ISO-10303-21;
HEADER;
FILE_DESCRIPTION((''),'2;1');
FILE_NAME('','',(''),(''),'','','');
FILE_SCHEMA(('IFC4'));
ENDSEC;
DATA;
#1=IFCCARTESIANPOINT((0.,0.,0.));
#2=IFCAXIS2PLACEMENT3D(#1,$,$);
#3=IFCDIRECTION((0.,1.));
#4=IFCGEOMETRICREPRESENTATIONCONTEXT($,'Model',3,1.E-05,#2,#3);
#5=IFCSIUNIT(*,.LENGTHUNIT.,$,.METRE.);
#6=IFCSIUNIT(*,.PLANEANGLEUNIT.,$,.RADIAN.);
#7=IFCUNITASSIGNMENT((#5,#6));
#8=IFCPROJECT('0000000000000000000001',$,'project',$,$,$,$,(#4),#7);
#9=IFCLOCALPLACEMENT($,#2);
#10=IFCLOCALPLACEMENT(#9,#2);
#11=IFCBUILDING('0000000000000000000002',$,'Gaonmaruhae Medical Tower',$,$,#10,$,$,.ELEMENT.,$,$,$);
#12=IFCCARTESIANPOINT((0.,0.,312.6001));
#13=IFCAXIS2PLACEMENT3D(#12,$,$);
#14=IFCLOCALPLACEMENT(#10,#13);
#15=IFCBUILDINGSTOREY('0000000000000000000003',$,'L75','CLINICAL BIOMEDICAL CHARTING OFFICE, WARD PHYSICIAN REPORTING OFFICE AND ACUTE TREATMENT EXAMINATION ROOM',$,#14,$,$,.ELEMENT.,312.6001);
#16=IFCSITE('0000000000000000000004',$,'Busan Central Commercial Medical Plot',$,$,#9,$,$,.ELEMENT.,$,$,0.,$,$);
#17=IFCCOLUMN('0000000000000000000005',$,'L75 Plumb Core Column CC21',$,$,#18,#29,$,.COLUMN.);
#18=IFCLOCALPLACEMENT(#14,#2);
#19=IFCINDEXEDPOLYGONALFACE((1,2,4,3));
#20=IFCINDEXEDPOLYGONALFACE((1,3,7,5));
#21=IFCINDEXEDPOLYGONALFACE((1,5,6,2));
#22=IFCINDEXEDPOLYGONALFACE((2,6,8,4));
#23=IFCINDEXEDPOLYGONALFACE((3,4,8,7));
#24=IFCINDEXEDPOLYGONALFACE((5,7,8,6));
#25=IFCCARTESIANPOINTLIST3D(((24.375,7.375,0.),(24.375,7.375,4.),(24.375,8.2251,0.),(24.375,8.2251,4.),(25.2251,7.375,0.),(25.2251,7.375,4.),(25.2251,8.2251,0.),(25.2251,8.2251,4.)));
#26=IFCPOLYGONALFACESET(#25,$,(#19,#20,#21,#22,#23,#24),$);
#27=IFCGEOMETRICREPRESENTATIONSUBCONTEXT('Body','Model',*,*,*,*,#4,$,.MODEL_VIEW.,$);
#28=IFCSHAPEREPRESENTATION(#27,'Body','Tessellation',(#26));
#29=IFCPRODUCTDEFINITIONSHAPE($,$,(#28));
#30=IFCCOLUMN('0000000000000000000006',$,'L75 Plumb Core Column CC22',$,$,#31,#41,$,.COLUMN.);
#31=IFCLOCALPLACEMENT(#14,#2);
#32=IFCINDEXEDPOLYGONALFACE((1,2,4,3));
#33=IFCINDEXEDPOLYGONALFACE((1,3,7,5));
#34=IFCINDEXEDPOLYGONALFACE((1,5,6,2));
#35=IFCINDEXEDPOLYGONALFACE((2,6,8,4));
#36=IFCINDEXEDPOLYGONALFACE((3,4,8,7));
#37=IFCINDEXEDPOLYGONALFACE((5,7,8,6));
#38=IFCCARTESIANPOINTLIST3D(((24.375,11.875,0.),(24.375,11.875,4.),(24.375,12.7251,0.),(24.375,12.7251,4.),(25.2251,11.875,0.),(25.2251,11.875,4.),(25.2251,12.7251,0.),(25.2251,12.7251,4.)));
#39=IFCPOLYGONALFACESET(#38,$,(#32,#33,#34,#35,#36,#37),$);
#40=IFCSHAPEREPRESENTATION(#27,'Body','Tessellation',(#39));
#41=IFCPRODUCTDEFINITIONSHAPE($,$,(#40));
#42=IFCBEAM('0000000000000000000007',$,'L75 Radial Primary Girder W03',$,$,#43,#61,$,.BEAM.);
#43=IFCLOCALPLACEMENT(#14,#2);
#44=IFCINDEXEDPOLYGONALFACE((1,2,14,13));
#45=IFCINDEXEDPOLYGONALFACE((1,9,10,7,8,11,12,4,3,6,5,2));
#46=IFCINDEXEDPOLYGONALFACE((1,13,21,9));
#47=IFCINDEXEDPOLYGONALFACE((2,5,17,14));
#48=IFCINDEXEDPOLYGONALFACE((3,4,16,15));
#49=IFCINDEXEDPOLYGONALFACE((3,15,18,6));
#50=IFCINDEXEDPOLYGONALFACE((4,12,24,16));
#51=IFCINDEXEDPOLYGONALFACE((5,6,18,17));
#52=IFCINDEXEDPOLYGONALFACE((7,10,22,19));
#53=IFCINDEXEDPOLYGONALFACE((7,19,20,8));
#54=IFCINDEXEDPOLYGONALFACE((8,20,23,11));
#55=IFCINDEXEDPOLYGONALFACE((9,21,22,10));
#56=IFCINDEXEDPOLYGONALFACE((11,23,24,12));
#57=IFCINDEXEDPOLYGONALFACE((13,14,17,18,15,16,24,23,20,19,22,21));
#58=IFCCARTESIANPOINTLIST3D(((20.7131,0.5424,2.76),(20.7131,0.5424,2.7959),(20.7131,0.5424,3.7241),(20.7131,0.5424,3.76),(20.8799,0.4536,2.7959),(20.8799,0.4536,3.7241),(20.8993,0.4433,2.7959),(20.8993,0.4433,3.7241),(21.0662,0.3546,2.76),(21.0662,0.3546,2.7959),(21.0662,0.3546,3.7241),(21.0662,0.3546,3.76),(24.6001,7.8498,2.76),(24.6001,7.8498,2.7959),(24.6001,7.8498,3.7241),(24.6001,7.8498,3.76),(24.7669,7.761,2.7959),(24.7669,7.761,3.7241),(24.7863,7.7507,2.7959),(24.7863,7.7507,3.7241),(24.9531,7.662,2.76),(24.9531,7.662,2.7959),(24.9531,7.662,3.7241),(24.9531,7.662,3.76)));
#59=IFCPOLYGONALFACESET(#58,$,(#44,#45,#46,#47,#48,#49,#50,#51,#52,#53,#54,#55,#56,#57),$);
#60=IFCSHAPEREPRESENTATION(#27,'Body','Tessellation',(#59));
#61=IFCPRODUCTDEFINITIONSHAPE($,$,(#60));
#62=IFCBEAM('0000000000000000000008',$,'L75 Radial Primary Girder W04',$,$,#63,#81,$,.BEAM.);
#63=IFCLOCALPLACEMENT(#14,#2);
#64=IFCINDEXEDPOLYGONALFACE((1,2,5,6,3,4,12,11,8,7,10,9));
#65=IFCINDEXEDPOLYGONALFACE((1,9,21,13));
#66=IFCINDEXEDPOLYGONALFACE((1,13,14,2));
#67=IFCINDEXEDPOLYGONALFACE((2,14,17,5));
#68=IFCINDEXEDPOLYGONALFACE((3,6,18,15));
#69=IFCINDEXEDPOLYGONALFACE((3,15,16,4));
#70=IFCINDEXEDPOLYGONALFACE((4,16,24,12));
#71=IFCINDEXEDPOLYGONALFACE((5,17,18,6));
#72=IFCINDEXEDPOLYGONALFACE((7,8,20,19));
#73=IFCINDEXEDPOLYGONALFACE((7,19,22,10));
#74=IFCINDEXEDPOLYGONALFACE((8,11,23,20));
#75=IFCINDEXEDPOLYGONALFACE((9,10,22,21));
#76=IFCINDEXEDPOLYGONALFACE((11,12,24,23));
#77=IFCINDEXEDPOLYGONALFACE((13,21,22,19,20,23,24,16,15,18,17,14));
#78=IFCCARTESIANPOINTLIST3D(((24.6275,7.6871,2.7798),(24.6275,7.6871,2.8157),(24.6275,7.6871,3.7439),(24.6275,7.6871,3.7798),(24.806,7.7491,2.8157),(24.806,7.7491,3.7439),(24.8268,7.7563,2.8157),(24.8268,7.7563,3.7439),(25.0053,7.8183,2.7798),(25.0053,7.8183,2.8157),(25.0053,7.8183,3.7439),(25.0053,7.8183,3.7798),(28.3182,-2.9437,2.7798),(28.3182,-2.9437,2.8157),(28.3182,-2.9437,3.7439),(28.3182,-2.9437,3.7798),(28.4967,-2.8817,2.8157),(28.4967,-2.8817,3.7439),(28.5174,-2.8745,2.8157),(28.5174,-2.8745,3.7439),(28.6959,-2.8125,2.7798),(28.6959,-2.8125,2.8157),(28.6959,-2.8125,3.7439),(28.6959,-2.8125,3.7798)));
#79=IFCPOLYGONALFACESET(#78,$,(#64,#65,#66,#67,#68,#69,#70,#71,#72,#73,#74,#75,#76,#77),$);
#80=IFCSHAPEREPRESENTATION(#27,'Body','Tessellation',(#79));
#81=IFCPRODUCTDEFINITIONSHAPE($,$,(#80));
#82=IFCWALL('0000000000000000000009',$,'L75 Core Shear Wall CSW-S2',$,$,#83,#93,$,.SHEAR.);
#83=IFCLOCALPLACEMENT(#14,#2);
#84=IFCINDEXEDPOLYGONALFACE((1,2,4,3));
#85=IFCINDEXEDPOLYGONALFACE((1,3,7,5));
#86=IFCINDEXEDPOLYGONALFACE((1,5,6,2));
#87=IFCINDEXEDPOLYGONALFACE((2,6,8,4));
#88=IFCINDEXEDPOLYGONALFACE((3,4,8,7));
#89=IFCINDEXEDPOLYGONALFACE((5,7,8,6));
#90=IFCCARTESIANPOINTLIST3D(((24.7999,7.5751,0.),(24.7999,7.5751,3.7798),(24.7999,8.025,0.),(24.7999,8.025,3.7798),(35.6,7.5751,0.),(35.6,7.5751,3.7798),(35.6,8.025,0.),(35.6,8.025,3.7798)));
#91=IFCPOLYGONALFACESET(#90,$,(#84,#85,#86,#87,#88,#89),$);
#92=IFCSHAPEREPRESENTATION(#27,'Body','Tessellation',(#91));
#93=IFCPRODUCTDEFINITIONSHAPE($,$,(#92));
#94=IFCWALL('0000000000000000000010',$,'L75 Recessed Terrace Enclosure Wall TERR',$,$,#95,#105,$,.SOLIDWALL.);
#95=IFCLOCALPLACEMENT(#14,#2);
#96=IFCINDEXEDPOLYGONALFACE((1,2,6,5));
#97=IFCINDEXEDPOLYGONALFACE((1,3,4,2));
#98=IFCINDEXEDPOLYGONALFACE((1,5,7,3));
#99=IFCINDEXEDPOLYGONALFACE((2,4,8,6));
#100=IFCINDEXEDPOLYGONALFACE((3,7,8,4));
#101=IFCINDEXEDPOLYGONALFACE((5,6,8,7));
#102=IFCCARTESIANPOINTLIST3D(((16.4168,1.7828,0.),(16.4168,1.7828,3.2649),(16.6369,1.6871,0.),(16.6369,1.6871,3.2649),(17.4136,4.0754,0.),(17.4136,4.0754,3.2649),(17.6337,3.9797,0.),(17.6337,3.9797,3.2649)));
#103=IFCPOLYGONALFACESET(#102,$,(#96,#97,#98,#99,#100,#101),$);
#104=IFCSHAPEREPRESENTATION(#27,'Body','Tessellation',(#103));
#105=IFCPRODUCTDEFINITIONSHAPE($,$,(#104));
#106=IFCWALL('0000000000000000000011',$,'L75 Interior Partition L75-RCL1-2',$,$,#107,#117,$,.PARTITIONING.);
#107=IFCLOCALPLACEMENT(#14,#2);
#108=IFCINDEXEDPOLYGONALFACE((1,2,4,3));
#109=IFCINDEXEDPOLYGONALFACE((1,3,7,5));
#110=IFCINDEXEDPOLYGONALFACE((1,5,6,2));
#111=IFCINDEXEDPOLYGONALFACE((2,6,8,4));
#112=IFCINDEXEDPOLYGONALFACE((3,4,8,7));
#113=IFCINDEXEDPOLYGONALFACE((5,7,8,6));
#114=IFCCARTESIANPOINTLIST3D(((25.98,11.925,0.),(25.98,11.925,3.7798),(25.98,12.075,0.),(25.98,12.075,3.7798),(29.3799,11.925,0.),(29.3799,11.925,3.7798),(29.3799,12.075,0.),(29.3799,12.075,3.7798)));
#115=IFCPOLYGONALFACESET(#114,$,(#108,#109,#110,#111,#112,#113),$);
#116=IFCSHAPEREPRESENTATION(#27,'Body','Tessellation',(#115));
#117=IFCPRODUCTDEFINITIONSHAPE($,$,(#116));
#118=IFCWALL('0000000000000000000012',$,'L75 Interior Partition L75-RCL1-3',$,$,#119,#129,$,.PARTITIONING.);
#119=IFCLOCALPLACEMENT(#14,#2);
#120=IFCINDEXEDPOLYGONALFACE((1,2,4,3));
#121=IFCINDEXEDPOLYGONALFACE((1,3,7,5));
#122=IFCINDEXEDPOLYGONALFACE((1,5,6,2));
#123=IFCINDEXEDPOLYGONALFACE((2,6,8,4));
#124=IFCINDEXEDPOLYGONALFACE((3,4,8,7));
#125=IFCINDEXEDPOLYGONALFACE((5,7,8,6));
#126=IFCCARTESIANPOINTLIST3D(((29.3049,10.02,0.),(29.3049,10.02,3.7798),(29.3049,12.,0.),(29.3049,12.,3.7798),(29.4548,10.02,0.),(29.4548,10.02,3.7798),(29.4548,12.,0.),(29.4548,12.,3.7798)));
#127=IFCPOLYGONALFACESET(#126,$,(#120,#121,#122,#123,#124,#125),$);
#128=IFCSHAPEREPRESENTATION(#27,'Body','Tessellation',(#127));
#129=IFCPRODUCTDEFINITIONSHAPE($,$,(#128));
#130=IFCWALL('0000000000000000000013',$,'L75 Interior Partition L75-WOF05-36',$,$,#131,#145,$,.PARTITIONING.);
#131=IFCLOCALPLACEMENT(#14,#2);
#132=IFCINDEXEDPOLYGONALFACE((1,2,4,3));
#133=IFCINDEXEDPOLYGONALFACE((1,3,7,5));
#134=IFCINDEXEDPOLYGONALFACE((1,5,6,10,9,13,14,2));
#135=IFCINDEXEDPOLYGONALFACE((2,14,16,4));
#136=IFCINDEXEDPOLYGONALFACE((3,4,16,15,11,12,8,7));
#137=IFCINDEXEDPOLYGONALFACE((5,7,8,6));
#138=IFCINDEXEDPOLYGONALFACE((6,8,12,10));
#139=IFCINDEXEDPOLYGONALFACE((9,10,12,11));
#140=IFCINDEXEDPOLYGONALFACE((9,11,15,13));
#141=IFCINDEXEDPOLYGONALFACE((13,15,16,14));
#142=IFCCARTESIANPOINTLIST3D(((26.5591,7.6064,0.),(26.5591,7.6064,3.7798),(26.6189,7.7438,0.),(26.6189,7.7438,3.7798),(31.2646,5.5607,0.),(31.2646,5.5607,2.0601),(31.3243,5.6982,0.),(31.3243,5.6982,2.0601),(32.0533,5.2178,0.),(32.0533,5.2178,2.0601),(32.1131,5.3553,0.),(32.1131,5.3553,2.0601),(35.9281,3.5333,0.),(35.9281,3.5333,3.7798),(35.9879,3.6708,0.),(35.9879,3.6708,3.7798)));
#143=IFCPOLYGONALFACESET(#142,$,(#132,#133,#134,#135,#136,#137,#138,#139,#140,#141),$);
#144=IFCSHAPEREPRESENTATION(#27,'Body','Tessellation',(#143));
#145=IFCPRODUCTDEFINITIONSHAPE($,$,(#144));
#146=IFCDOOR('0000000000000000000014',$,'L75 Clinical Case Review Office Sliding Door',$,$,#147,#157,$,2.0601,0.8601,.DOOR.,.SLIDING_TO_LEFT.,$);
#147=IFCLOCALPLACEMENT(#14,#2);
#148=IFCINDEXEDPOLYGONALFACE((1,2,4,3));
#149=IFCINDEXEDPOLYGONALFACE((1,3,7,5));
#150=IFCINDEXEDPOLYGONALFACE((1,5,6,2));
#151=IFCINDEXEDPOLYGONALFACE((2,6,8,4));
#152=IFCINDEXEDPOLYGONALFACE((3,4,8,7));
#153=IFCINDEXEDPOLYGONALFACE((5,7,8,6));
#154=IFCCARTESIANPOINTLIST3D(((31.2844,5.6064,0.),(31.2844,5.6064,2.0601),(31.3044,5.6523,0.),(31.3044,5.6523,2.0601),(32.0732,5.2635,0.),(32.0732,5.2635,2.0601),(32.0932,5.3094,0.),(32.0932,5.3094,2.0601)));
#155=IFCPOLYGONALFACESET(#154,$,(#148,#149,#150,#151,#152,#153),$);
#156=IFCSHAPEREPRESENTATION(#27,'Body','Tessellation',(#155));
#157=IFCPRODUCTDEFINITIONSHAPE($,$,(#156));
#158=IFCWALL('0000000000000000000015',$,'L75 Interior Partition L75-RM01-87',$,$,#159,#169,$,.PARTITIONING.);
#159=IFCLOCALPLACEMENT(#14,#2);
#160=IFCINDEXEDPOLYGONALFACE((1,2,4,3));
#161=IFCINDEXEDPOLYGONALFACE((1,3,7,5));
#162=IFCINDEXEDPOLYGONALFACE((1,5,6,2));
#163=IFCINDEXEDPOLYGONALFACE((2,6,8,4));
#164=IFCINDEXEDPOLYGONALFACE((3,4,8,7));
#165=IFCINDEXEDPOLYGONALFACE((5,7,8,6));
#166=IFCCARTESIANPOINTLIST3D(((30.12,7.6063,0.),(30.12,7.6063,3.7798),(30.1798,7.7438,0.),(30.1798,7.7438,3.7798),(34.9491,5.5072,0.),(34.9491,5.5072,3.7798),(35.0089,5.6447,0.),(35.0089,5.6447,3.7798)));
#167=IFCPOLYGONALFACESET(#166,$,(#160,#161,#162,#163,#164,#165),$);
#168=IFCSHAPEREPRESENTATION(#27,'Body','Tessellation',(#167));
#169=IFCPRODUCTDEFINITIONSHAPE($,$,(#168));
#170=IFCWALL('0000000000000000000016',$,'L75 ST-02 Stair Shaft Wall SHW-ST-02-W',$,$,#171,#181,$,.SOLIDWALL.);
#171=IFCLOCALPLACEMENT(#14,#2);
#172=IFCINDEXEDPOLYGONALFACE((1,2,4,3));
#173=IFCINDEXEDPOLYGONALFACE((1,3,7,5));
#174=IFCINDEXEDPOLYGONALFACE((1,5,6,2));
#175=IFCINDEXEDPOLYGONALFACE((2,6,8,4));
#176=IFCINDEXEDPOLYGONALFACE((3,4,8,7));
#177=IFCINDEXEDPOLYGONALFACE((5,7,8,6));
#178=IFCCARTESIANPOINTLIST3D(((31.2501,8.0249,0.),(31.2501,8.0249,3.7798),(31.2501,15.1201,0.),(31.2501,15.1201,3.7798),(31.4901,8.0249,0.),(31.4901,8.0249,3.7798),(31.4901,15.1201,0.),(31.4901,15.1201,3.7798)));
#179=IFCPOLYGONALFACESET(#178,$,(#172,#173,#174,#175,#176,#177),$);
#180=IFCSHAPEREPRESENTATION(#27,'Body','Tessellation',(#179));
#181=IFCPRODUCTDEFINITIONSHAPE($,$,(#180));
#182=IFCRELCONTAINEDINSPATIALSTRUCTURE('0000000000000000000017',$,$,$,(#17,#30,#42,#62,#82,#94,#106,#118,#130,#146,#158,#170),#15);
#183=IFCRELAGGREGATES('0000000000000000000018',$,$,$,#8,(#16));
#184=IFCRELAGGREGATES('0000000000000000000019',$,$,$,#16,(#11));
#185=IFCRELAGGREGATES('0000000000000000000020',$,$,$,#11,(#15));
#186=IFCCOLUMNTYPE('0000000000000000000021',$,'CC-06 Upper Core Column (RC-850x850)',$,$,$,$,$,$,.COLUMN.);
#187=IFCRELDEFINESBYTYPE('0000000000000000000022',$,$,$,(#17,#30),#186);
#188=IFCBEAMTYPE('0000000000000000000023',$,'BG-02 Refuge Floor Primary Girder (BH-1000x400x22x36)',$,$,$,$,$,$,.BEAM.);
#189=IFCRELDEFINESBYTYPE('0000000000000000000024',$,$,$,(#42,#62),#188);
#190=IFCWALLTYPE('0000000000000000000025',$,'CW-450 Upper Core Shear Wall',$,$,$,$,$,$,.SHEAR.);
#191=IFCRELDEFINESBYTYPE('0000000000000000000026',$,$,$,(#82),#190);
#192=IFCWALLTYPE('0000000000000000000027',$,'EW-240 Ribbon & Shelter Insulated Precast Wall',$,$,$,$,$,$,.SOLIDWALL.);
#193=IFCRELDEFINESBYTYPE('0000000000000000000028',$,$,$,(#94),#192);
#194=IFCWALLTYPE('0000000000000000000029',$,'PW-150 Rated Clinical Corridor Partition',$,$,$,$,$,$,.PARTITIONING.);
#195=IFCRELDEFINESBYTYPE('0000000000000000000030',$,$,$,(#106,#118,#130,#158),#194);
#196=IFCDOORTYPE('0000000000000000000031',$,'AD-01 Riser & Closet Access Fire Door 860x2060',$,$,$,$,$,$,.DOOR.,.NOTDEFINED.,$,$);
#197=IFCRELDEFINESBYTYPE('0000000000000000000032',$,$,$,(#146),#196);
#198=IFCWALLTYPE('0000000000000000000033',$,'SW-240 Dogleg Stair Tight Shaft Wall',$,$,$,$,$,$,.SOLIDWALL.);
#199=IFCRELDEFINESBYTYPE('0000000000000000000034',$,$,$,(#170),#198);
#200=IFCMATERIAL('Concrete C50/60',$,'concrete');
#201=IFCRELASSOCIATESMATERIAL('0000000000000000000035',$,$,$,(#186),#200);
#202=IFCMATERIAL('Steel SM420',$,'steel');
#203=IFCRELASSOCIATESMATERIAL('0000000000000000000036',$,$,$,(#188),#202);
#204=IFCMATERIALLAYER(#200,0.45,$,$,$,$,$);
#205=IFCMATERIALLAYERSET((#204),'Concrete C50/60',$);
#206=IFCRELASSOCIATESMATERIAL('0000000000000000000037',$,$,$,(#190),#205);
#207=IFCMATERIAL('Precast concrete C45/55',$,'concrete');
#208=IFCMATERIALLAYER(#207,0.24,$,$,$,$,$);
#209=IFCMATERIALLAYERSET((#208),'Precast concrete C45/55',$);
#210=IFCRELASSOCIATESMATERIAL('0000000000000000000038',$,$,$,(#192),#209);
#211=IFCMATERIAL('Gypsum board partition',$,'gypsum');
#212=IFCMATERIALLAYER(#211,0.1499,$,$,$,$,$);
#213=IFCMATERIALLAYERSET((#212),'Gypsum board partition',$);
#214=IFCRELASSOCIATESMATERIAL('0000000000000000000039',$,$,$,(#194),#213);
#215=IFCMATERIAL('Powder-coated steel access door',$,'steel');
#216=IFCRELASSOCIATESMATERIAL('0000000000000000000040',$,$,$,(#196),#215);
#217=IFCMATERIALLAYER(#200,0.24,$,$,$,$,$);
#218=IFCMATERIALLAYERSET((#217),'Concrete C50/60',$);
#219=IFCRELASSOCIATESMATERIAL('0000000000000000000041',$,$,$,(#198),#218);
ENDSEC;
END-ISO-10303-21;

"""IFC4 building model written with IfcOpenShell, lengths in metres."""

from ifc_helpers import new_model, si_unit, direction, frame, frame_2d, origin, origin_2d, place, context, subcontext, project, spatial, rectangle, i_section, extrude, material, layer, layer_set, material_profile, profile_set, type_object, element, fill, save


model = new_model("IFC4")

# Units and contexts
model_context = context("Model", 3, precision=1e-05, world=origin(), true_north=direction((0.0, 1.0)))
body_context = subcontext(model_context, "Body", "Model", "MODEL_VIEW")
ifc_project = project(units=[si_unit("LENGTHUNIT", "METRE"), si_unit("PLANEANGLEUNIT", "RADIAN")], contexts=[model_context])

# Site, building, storey
site_placement = place(None, origin())
site = spatial("IfcSite", under=ifc_project, at=site_placement, Name="Busan Central Commercial Medical Plot", CompositionType="ELEMENT", RefElevation=0.0)
building_placement = place(site_placement, origin())
building = spatial("IfcBuilding", under=site, at=building_placement, Name="Gaonmaruhae Medical Tower", CompositionType="ELEMENT")
storey_placement = place(building_placement, frame((0.0, 0.0, 312.6001)))
storey = spatial("IfcBuildingStorey", under=building, at=storey_placement, Name="L75", Description="CLINICAL BIOMEDICAL CHARTING OFFICE, WARD PHYSICIAN REPORTING OFFICE AND ACUTE TREATMENT EXAMINATION ROOM", CompositionType="ELEMENT", Elevation=312.6001)

# Columns
ifc_material_1 = material(Name="Concrete C50/60", Category="concrete")
ifc_material_profile_1 = material_profile(ifc_material_1, rectangle(XDim=0.8501, YDim=0.8501, at=origin_2d()), Name="RC-850x850")
ifc_profile_set_1 = profile_set([ifc_material_profile_1], Name="Concrete C50/60")
column_type = type_object("IfcColumnType", Name="CC-06 Upper Core Column (RC-850x850)", PredefinedType="COLUMN", material=ifc_profile_set_1)
for number, where, z_axis, x_axis, name in (
    (1, (24.8, 7.8, 0.0), (0.0, 0.0, 1.0), (1.0, 0.0, 0.0), "L75 Plumb Core Column CC21"),
    (2, (24.8, 12.3, 0.0), (0.0, 0.0, 1.0), (1.0, 0.0, 0.0), "L75 Plumb Core Column CC22"),
):
    element("IfcColumn", number, at=place(storey_placement, frame(where, z_axis=z_axis, x_axis=x_axis)), inside=storey, type_object=column_type, Name=name, PredefinedType="COLUMN", context=body_context, shape_type="SweptSolid", body=[
        extrude(rectangle(XDim=0.8501, YDim=0.8501, at=origin_2d()), origin(), (0.0, 0.0, 1.0), 4.0),
    ])

# Beams
ifc_material_2 = material(Name="Steel SM420", Category="steel")
ifc_material_profile_2 = material_profile(ifc_material_2, i_section(OverallWidth=0.3999, OverallDepth=1.0, WebThickness=0.022, FlangeThickness=0.0359, at=origin_2d()), Name="BH-1000x400x22x36")
ifc_profile_set_2 = profile_set([ifc_material_profile_2], Name="Steel SM420")
beam_type = type_object("IfcBeamType", Name="BG-02 Refuge Floor Primary Girder (BH-1000x400x22x36)", PredefinedType="BEAM", material=ifc_profile_set_2)
beam_1_placement = place(storey_placement, frame((24.7766, 7.7559, 3.26), z_axis=(-0.469619, -0.882869, 0.0), x_axis=(0.882869, -0.469619, 0.0)))
element("IfcBeam", 3, at=beam_1_placement, inside=storey, type_object=beam_type, Name="L75 Radial Primary Girder W03", PredefinedType="BEAM", context=body_context, shape_type="SweptSolid", body=[
    extrude(i_section(OverallWidth=0.3999, OverallDepth=1.0, WebThickness=0.022, FlangeThickness=0.0359, at=origin_2d()), origin(), (0.0, 0.0, 1.0), 8.2769),
])
beam_2_placement = place(storey_placement, frame((24.8164, 7.7527, 3.2798), z_axis=(0.327964, -0.94469, 0.0), x_axis=(0.94469, 0.327964, 0.0)))
element("IfcBeam", 4, at=beam_2_placement, inside=storey, type_object=beam_type, Name="L75 Radial Primary Girder W04", PredefinedType="BEAM", context=body_context, shape_type="SweptSolid", body=[
    extrude(i_section(OverallWidth=0.3999, OverallDepth=1.0, WebThickness=0.022, FlangeThickness=0.0359, at=origin_2d()), origin(), (0.0, 0.0, 1.0), 11.2532),
])

# Walls
ifc_layer_1 = layer(ifc_material_1, 0.45)
ifc_layer_set_1 = layer_set([ifc_layer_1], Name="Concrete C50/60")
wall_type_1 = type_object("IfcWallType", Name="CW-450 Upper Core Shear Wall", PredefinedType="SHEAR", material=ifc_layer_set_1)
wall_1_placement = place(storey_placement, frame((24.8, 7.8, 0.0), z_axis=(0.0, 0.0, 1.0), x_axis=(1.0, 0.0, 0.0)))
element("IfcWall", 5, at=wall_1_placement, inside=storey, type_object=wall_type_1, Name="L75 Core Shear Wall CSW-S2", PredefinedType="SHEAR", context=body_context, shape_type="SweptSolid", body=[
    extrude(rectangle(XDim=10.8, YDim=0.45, at=frame_2d((5.3999, 0.0))), origin(), (0.0, 0.0, 1.0), 3.7798),
])
ifc_material_3 = material(Name="Precast concrete C45/55", Category="concrete")
ifc_layer_2 = layer(ifc_material_3, 0.24)
ifc_layer_set_2 = layer_set([ifc_layer_2], Name="Precast concrete C45/55")
wall_type_2 = type_object("IfcWallType", Name="EW-240 Ribbon & Shelter Insulated Precast Wall", PredefinedType="SOLIDWALL", material=ifc_layer_set_2)
wall_2_placement = place(storey_placement, frame((17.5237, 4.0276, 0.0), z_axis=(0.0, 0.0, 1.0), x_axis=(-0.398723, -0.917072, 0.0)))
element("IfcWall", 6, at=wall_2_placement, inside=storey, type_object=wall_type_2, Name="L75 Recessed Terrace Enclosure Wall TERR", PredefinedType="SOLIDWALL", context=body_context, shape_type="SweptSolid", body=[
    extrude(rectangle(XDim=2.5, YDim=0.24, at=frame_2d((1.25, 0.0))), origin(), (0.0, 0.0, 1.0), 3.2649),
])

# Shared definitions
ifc_material_4 = material(Name="Gypsum board partition", Category="gypsum")
ifc_layer_3 = layer(ifc_material_4, 0.1499)
ifc_layer_set_3 = layer_set([ifc_layer_3], Name="Gypsum board partition")
wall_type_3 = type_object("IfcWallType", Name="PW-150 Rated Clinical Corridor Partition", PredefinedType="PARTITIONING", material=ifc_layer_set_3)

# Walls
wall_3_placement = place(storey_placement, frame((25.98, 12.0, 0.0), z_axis=(0.0, 0.0, 1.0), x_axis=(1.0, 0.0, 0.0)))
element("IfcWall", 7, at=wall_3_placement, inside=storey, type_object=wall_type_3, Name="L75 Interior Partition L75-RCL1-2", PredefinedType="PARTITIONING", context=body_context, shape_type="SweptSolid", body=[
    extrude(rectangle(XDim=3.3999, YDim=0.1499, at=frame_2d((1.7, 0.0))), origin(), (0.0, 0.0, 1.0), 3.7798),
])
wall_4_placement = place(storey_placement, frame((29.3799, 12.0, 0.0), z_axis=(0.0, 0.0, 1.0), x_axis=(0.0, -1.0, 0.0)))
element("IfcWall", 8, at=wall_4_placement, inside=storey, type_object=wall_type_3, Name="L75 Interior Partition L75-RCL1-3", PredefinedType="PARTITIONING", context=body_context, shape_type="SweptSolid", body=[
    extrude(rectangle(XDim=1.98, YDim=0.1499, at=frame_2d((0.99, 0.0))), origin(), (0.0, 0.0, 1.0), 3.7798),
])

# Wall, opening, door
wall_5_placement = place(storey_placement, frame((26.5891, 7.675, 0.0), z_axis=(0.0, 0.0, 1.0), x_axis=(0.917086, -0.39869, 0.0)))
wall_5 = element("IfcWall", 9, at=wall_5_placement, inside=storey, type_object=wall_type_3, Name="L75 Interior Partition L75-WOF05-36", PredefinedType="PARTITIONING", context=body_context, shape_type="SweptSolid", body=[
    extrude(rectangle(XDim=10.2161, YDim=0.1499, at=frame_2d((5.1079, 0.0))), origin(), (0.0, 0.0, 1.0), 3.7798),
])
opening_1_placement = place(wall_5_placement, frame((5.1306, 0.0, 0.0)))
opening_1 = element("IfcOpeningElement", 10, at=opening_1_placement, cuts=wall_5, PredefinedType="OPENING", context=body_context, shape_type="SweptSolid", body=[
    extrude(rectangle(XDim=0.8601, YDim=2.0601, at=frame_2d((0.4302, 1.03))), frame((0.0, 0.085, 0.0), z_axis=(0.0, -1.0, 0.0), x_axis=(1.0, 0.0, 0.0)), (0.0, 0.0, 1.0), 0.1699),
])
ifc_material_5 = material(Name="Powder-coated steel access door", Category="steel")
door_type_1 = type_object("IfcDoorType", Name="AD-01 Riser & Closet Access Fire Door 860x2060", OperationType="NOTDEFINED", PredefinedType="DOOR", material=ifc_material_5)
door_1_placement = place(opening_1_placement, origin())
door_1 = element("IfcDoor", 11, at=door_1_placement, inside=storey, type_object=door_type_1, Name="L75 Clinical Case Review Office Sliding Door", OperationType="SLIDING_TO_LEFT", OverallHeight=2.0601, OverallWidth=0.8601, PredefinedType="DOOR", context=body_context, shape_type="SweptSolid", body=[
    extrude(rectangle(XDim=0.8601, YDim=2.0601, at=frame_2d((0.4302, 1.03))), frame((0.0, 0.0249, 0.0), z_axis=(0.0, -1.0, 0.0), x_axis=(1.0, 0.0, 0.0)), (0.0, 0.0, 1.0), 0.05),
])
fill(opening_1, door_1)

# Walls
wall_6_placement = place(storey_placement, frame((30.1499, 7.675, 0.0), z_axis=(0.0, 0.0, 1.0), x_axis=(0.917104, -0.398648, 0.0)))
element("IfcWall", 12, at=wall_6_placement, inside=storey, type_object=wall_type_3, Name="L75 Interior Partition L75-RM01-87", PredefinedType="PARTITIONING", context=body_context, shape_type="SweptSolid", body=[
    extrude(rectangle(XDim=5.2656, YDim=0.1499, at=frame_2d((2.6328, 0.0))), origin(), (0.0, 0.0, 1.0), 3.7798),
])
ifc_layer_4 = layer(ifc_material_1, 0.24)
ifc_layer_set_4 = layer_set([ifc_layer_4], Name="Concrete C50/60")
wall_type_4 = type_object("IfcWallType", Name="SW-240 Dogleg Stair Tight Shaft Wall", PredefinedType="SOLIDWALL", material=ifc_layer_set_4)
wall_7_placement = place(storey_placement, frame((31.3701, 8.0249, 0.0), z_axis=(0.0, 0.0, 1.0), x_axis=(0.0, 1.0, 0.0)))
element("IfcWall", 13, at=wall_7_placement, inside=storey, type_object=wall_type_4, Name="L75 ST-02 Stair Shaft Wall SHW-ST-02-W", PredefinedType="SOLIDWALL", context=body_context, shape_type="SweptSolid", body=[
    extrude(rectangle(XDim=7.0952, YDim=0.24, at=frame_2d((3.5476, 0.0))), origin(), (0.0, 0.0, 1.0), 3.7798),
])

save(model, "model.ifc")
